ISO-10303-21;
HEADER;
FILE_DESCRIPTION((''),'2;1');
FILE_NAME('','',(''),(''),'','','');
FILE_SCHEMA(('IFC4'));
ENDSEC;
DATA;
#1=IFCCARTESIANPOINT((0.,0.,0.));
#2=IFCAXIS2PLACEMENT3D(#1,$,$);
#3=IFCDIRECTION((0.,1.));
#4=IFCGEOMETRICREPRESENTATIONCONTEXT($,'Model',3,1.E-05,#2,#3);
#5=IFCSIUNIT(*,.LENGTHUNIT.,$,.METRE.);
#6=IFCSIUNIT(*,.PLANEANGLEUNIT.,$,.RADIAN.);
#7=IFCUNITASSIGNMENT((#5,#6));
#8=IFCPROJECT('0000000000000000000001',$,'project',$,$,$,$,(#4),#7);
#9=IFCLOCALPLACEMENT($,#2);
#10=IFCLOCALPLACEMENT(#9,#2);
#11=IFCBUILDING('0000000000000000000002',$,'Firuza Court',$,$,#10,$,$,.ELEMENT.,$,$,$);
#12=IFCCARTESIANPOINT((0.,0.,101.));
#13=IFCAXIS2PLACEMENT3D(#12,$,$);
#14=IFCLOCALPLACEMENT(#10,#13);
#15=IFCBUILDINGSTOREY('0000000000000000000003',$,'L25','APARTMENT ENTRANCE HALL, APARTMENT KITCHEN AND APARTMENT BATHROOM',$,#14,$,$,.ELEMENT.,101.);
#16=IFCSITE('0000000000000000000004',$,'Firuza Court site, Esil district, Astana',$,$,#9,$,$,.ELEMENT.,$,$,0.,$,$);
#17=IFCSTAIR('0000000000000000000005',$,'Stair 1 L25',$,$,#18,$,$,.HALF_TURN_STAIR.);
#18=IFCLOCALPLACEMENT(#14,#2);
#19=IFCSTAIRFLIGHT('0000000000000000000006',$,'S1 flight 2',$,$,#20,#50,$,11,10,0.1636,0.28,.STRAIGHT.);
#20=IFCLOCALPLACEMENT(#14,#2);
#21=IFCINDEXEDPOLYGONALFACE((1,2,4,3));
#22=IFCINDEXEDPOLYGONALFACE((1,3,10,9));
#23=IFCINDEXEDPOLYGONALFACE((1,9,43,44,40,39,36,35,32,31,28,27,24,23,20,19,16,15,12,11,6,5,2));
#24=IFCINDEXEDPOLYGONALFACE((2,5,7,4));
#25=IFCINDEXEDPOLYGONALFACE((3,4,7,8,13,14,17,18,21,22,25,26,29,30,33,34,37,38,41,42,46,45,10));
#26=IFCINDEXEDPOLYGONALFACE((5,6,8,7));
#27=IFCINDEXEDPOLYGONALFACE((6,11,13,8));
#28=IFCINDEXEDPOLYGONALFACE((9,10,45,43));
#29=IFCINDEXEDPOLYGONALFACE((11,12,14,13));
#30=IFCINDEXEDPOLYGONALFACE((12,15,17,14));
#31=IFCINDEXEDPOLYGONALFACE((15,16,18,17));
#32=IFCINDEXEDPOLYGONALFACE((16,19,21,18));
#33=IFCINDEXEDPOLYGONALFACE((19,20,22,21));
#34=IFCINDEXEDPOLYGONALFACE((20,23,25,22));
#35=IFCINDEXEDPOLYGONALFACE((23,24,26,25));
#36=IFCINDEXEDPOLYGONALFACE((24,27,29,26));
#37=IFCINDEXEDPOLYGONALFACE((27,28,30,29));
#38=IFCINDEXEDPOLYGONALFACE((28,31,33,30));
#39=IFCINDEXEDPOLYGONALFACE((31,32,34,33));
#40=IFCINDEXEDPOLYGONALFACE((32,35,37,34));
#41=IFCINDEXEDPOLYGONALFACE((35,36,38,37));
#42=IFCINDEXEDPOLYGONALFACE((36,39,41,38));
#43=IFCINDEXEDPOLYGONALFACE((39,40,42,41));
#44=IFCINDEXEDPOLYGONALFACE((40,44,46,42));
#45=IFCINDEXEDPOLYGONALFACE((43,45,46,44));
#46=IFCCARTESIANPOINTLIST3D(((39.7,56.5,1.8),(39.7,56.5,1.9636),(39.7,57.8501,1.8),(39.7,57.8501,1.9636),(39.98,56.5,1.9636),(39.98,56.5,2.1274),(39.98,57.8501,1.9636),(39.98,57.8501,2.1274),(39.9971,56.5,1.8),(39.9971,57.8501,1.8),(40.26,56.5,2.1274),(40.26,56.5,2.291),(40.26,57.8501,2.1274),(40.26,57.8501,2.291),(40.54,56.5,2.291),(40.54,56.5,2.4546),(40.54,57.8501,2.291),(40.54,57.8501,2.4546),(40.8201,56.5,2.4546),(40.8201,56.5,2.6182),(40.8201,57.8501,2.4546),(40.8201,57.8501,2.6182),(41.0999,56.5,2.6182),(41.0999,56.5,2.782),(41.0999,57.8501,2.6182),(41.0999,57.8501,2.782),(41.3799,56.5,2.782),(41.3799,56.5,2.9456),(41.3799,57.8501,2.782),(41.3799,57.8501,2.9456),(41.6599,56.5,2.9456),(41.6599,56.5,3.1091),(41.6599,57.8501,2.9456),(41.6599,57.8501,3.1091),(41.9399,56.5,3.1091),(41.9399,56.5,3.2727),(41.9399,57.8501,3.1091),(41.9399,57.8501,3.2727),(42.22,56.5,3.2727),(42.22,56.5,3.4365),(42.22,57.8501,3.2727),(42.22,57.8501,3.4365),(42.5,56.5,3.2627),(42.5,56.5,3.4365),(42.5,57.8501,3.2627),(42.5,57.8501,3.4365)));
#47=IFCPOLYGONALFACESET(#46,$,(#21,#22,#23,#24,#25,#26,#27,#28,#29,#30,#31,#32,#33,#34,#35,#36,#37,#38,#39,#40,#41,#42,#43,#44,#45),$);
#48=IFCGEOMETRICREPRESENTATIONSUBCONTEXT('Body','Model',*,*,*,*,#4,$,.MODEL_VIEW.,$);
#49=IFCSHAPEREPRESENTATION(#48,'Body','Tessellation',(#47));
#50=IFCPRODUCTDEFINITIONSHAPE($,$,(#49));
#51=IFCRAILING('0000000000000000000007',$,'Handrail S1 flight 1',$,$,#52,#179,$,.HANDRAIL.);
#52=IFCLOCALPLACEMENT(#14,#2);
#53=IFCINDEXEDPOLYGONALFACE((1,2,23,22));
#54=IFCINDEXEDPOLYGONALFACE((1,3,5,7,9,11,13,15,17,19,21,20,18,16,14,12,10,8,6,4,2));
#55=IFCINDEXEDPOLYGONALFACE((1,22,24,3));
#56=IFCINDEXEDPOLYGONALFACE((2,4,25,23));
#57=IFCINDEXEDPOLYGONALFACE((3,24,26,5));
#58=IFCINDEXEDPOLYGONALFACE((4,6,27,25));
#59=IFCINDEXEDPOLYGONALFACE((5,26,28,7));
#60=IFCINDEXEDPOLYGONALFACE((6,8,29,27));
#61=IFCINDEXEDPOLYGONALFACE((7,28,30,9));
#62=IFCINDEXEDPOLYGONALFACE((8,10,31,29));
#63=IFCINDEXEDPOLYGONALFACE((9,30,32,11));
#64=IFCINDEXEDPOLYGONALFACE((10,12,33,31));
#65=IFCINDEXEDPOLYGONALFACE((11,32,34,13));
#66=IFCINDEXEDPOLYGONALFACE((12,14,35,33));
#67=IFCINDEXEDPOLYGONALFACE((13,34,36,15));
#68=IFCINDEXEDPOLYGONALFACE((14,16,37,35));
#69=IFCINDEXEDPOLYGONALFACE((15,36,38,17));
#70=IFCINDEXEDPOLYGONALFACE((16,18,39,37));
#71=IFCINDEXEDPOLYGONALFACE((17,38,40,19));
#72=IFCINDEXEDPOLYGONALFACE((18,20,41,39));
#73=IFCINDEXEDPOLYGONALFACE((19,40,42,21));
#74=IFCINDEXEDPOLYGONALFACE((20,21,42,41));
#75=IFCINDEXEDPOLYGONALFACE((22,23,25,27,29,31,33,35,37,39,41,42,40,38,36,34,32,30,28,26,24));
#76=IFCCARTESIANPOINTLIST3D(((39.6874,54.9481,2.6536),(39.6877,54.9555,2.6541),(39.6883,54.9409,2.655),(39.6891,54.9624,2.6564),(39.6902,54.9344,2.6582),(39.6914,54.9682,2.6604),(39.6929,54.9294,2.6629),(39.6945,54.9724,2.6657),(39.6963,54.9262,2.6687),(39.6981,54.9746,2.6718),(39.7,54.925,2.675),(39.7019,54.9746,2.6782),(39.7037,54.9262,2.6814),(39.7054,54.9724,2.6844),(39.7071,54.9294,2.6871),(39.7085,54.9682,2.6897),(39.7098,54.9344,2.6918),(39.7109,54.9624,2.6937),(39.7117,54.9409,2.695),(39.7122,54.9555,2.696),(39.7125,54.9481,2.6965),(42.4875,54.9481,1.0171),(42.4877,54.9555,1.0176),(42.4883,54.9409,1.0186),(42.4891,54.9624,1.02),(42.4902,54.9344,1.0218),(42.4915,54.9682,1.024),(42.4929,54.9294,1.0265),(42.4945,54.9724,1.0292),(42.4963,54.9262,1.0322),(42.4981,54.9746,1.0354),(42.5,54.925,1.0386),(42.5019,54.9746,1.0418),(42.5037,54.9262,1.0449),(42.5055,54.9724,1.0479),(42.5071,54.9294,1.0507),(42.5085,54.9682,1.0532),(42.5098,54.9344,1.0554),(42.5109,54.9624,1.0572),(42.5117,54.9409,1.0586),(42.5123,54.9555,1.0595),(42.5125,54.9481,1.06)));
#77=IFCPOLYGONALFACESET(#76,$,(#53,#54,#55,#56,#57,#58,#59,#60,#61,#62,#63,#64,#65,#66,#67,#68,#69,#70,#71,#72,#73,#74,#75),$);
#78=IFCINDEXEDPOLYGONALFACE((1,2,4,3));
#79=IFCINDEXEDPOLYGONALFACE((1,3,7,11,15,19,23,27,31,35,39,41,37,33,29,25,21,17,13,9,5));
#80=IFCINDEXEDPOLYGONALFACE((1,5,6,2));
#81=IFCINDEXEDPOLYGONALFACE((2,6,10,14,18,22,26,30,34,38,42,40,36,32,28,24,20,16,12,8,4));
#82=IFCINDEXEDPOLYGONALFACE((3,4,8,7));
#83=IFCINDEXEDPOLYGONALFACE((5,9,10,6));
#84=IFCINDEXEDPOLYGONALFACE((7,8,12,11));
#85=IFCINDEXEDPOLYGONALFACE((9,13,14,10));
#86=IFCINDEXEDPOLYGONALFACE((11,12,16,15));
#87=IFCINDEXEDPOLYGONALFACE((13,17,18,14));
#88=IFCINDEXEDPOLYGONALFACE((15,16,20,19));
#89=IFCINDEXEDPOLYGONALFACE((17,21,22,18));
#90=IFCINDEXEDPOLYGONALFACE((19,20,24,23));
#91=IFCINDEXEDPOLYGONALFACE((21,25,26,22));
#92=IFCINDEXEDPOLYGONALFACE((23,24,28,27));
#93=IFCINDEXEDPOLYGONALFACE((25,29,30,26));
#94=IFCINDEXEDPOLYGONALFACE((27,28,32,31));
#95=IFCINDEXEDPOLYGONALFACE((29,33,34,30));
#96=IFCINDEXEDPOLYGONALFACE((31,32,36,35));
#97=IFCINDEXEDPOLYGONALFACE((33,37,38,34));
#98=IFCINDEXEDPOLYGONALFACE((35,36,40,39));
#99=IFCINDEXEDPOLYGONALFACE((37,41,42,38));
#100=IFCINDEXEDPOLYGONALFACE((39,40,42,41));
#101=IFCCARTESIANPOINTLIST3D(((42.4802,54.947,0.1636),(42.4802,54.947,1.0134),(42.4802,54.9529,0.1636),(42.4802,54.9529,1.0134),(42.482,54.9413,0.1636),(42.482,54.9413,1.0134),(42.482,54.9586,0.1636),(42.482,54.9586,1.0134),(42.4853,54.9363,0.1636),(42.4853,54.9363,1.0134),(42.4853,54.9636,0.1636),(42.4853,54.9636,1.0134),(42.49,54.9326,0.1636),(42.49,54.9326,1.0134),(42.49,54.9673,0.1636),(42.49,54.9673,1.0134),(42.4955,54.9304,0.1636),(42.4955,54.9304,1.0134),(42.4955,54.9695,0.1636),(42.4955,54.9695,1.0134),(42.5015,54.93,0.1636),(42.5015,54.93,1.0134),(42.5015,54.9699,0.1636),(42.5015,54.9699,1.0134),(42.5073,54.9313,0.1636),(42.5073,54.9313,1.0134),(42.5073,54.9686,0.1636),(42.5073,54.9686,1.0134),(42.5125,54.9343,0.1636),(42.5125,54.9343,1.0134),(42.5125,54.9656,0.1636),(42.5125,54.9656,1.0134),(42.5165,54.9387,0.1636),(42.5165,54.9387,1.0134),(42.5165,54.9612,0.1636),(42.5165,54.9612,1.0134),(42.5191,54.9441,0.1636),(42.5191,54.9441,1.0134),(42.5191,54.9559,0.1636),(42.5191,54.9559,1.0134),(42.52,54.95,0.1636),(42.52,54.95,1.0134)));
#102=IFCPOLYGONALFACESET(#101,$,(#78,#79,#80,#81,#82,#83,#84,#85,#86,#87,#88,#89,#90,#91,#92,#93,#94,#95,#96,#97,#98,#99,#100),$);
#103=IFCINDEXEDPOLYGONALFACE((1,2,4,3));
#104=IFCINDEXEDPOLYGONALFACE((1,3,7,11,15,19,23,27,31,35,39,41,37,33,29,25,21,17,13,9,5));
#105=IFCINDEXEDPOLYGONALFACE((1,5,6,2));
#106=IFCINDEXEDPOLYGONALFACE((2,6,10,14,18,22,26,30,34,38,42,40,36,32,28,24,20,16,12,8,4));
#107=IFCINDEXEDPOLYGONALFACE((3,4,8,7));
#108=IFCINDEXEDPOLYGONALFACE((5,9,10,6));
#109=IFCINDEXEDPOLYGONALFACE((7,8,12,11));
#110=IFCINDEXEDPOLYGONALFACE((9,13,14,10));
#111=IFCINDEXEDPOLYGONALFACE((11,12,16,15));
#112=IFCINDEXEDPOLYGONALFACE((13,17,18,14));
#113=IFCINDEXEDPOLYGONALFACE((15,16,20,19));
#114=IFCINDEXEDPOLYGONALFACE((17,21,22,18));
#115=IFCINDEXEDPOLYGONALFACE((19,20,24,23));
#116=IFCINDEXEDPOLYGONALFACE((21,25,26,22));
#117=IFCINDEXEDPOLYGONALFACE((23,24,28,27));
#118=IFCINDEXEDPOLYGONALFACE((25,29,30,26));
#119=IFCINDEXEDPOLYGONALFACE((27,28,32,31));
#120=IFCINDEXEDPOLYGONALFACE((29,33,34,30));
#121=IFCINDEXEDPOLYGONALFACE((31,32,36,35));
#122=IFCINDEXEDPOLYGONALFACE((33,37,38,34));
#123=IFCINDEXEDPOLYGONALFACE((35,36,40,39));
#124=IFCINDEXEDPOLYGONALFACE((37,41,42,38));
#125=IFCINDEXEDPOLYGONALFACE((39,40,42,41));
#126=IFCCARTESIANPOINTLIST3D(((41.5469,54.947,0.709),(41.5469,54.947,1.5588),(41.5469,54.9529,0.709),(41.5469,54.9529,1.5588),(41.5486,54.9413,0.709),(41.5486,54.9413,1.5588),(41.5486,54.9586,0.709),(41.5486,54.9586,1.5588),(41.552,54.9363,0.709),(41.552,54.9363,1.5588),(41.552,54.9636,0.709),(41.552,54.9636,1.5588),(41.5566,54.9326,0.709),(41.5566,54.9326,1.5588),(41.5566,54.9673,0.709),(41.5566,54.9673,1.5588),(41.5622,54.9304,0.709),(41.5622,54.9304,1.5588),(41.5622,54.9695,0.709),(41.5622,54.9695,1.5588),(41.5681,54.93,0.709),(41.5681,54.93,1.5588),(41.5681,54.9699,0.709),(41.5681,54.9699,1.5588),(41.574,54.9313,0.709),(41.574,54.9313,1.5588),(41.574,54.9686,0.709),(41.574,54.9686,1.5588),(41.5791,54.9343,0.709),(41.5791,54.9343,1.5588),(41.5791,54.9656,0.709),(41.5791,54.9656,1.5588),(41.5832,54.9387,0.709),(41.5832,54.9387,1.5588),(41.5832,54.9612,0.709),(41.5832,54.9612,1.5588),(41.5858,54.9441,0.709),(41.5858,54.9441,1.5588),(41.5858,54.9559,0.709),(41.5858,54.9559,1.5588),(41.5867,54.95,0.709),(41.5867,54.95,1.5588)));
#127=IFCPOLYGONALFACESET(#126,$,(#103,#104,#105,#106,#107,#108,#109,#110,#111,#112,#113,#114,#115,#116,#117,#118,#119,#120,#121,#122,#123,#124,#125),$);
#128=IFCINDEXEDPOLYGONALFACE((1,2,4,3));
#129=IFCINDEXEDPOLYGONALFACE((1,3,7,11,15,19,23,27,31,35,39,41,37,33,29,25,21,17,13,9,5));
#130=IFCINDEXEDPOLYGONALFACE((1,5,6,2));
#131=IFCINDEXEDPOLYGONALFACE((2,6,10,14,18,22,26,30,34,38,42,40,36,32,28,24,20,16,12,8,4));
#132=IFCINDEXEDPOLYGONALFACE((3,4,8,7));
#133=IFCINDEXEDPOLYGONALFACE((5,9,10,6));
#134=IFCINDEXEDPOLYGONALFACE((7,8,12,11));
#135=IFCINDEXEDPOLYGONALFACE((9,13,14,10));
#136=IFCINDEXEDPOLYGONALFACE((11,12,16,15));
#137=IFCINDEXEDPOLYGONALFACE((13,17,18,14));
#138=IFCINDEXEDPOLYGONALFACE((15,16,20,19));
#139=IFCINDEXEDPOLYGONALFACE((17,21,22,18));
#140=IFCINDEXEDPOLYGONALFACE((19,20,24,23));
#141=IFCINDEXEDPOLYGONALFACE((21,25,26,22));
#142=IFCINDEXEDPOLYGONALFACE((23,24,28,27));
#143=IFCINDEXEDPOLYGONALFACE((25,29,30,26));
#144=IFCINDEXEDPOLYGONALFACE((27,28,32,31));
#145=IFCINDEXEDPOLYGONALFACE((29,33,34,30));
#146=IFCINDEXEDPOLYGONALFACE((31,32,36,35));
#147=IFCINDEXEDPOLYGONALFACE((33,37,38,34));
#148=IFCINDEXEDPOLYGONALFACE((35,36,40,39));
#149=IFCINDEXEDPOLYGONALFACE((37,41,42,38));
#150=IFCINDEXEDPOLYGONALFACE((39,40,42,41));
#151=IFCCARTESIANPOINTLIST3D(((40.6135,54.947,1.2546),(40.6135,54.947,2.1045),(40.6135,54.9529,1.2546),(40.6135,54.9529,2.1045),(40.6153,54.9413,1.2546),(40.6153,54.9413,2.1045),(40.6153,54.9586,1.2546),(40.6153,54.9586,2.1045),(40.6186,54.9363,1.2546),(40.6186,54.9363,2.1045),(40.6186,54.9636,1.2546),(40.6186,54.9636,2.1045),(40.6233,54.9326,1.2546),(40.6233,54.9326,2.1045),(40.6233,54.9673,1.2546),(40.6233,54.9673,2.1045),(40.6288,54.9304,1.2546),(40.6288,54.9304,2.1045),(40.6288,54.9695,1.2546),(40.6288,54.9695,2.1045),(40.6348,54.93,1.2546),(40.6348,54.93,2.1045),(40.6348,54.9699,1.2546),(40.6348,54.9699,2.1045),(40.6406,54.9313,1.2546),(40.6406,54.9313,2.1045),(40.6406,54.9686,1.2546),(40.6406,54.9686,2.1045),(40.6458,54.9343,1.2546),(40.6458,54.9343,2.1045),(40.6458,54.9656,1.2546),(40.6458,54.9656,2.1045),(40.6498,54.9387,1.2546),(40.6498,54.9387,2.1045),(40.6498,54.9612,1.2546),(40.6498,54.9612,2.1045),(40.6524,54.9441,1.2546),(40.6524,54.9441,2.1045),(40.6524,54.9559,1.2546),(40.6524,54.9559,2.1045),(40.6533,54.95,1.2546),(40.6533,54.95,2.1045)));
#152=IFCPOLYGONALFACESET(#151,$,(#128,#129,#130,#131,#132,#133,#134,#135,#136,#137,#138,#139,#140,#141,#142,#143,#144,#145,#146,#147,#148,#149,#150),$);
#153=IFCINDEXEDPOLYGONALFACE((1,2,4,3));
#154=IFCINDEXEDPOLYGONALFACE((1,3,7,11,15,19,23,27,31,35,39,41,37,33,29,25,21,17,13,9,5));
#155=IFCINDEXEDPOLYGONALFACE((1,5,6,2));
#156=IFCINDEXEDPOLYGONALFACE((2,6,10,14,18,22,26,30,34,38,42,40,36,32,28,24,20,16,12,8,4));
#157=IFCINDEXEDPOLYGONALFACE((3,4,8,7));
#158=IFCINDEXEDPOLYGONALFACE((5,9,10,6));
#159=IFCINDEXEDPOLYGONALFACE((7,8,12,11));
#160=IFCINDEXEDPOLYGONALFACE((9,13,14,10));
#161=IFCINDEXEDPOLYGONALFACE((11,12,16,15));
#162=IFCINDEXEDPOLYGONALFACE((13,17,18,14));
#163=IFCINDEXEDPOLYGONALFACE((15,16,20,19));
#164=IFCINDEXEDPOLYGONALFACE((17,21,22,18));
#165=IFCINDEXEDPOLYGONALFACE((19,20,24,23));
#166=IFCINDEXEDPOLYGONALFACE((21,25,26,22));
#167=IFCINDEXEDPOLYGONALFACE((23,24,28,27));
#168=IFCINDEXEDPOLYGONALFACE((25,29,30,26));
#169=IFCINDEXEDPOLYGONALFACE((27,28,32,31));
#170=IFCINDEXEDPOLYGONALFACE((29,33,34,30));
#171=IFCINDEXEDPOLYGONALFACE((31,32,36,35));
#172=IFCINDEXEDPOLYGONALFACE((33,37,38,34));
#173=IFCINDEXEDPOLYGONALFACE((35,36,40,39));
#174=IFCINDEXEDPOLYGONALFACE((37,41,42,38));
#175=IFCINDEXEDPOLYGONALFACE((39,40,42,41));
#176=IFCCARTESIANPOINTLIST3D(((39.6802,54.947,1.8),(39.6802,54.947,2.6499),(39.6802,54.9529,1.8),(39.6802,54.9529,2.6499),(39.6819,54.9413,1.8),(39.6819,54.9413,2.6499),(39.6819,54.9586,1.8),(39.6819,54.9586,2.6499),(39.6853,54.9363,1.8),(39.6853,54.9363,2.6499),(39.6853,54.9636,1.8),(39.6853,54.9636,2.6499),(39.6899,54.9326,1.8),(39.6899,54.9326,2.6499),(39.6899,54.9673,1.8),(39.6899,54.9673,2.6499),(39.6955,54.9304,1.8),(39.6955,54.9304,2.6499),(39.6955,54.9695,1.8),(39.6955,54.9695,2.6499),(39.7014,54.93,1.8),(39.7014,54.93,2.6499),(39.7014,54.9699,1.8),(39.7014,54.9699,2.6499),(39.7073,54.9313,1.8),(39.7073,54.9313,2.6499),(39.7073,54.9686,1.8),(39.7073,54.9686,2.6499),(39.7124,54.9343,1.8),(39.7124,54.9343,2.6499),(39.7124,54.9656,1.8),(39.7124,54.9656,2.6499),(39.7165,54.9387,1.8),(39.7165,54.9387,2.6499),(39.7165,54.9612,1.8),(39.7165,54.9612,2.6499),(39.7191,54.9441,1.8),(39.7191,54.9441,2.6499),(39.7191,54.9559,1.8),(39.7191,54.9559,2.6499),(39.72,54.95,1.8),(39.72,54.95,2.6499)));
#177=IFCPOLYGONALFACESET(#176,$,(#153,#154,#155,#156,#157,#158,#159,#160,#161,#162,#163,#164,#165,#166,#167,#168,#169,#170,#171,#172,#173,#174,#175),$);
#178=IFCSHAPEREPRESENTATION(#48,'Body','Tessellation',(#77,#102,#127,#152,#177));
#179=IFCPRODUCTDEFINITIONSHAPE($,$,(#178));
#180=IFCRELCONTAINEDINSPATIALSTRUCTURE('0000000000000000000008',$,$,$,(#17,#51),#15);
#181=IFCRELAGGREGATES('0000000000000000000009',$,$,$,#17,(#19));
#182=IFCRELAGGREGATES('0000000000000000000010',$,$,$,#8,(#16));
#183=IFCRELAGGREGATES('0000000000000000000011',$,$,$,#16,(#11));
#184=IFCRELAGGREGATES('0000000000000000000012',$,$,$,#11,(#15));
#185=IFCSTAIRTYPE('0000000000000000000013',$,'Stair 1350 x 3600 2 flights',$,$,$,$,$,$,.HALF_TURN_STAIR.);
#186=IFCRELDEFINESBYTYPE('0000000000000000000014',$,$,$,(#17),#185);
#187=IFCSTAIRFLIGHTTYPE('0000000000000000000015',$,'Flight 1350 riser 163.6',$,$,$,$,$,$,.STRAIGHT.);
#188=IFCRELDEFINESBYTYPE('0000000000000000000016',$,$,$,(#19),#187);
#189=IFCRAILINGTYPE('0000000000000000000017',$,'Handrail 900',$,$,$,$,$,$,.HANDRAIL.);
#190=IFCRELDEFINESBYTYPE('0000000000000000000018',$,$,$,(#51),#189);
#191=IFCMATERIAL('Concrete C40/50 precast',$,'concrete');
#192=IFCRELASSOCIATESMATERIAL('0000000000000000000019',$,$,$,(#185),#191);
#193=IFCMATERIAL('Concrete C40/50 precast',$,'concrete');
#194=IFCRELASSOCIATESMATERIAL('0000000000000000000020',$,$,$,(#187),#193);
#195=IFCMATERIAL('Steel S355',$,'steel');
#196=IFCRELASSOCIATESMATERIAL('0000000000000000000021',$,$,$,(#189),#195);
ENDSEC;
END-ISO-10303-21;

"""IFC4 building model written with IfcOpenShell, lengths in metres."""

from ifc_helpers import new_model, si_unit, direction, frame, origin, origin_2d, place, context, subcontext, project, spatial, polyline, circle, outline, extrude, material, type_object, element, aggregate, save


model = new_model("IFC4")

# Units and contexts
model_context = context("Model", 3, precision=1e-05, world=origin(), true_north=direction((0.0, 1.0)))
body_context = subcontext(model_context, "Body", "Model", "MODEL_VIEW")
ifc_project = project(units=[si_unit("LENGTHUNIT", "METRE"), si_unit("PLANEANGLEUNIT", "RADIAN")], contexts=[model_context])

# Site, building, storey
site_placement = place(None, origin())
site = spatial("IfcSite", under=ifc_project, at=site_placement, Name="Firuza Court site, Esil district, Astana", CompositionType="ELEMENT", RefElevation=0.0)
building_placement = place(site_placement, origin())
building = spatial("IfcBuilding", under=site, at=building_placement, Name="Firuza Court", CompositionType="ELEMENT")
storey_placement = place(building_placement, frame((0.0, 0.0, 101.0)))
storey = spatial("IfcBuildingStorey", under=building, at=storey_placement, Name="L25", Description="APARTMENT ENTRANCE HALL, APARTMENT KITCHEN AND APARTMENT BATHROOM", CompositionType="ELEMENT", Elevation=101.0)

# Stair, stair flight
ifc_material_1 = material(Name="Concrete C40/50 precast", Category="concrete")
stair_type = type_object("IfcStairType", Name="Stair 1350 x 3600 2 flights", PredefinedType="HALF_TURN_STAIR", material=ifc_material_1)
stair_placement = place(storey_placement, origin())
stair = element("IfcStair", 1, at=stair_placement, inside=storey, type_object=stair_type, Name="Stair 1 L25", PredefinedType="HALF_TURN_STAIR")
ifc_material_2 = material(Name="Concrete C40/50 precast", Category="concrete")
stair_flight_type = type_object("IfcStairFlightType", Name="Flight 1350 riser 163.6", PredefinedType="STRAIGHT", material=ifc_material_2)
stair_flight_1_placement = place(storey_placement, frame((39.7, 57.175, 1.8), z_axis=(0.0, 0.0, 1.0), x_axis=(1.0, 0.0, 0.0)))
stair_flight_1 = element("IfcStairFlight", 2, at=stair_flight_1_placement, type_object=stair_flight_type, Name="S1 flight 2", NumberOfRisers=11, NumberOfTreads=10, PredefinedType="STRAIGHT", RiserHeight=0.1636, TreadLength=0.28, context=body_context, shape_type="SweptSolid", body=[
    extrude(outline(polyline([(0.0, 0.0), (0.0, 0.1636), (0.28, 0.1636), (0.28, 0.3274), (0.5601, 0.3274), (0.5601, 0.491), (0.8401, 0.491), (0.8401, 0.6545), (1.1201, 0.6545), (1.1201, 0.8181), (1.3999, 0.8181), (1.3999, 0.9819), (1.6799, 0.9819), (1.6799, 1.1455), (1.96, 1.1455), (1.96, 1.3091), (2.24, 1.3091), (2.24, 1.4727), (2.52, 1.4727), (2.52, 1.6365), (2.8, 1.6365), (2.8, 1.8), (2.8, 1.4626), (0.2971, 0.0), (0.0, 0.0)])), frame((0.0, 0.675, 0.0), z_axis=(0.0, -1.0, 0.0), x_axis=(1.0, 0.0, 0.0)), (0.0, 0.0, 1.0), 1.3501),
])
aggregate(stair, [stair_flight_1])

# Railing
ifc_material_3 = material(Name="Steel S355", Category="steel")
railing_type_1 = type_object("IfcRailingType", Name="Handrail 900", PredefinedType="HANDRAIL", material=ifc_material_3)
railing_1_placement = place(storey_placement, frame((42.5, 54.95, 0.1636)))
element("IfcRailing", 3, at=railing_1_placement, inside=storey, type_object=railing_type_1, Name="Handrail S1 flight 1", PredefinedType="HANDRAIL", context=body_context, shape_type="SweptSolid", body=[
    extrude(circle(Radius=0.0249, at=origin_2d()), frame((0.0, 0.0, 0.875), z_axis=(-0.863361, 0.0, 0.504587), x_axis=(0.0, -1.0, 0.0)), (0.0, 0.0, 1.0), 3.2432),
    extrude(circle(Radius=0.02, at=origin_2d()), origin(), (0.0, 0.0, 1.0), 0.8499),
    extrude(circle(Radius=0.02, at=origin_2d()), frame((-0.9333, 0.0, 0.5454)), (0.0, 0.0, 1.0), 0.8499),
    extrude(circle(Radius=0.02, at=origin_2d()), frame((-1.8667, 0.0, 1.0911)), (0.0, 0.0, 1.0), 0.8499),
    extrude(circle(Radius=0.02, at=origin_2d()), frame((-2.8, 0.0, 1.6365)), (0.0, 0.0, 1.0), 0.8499),
])

save(model, "model.ifc")
